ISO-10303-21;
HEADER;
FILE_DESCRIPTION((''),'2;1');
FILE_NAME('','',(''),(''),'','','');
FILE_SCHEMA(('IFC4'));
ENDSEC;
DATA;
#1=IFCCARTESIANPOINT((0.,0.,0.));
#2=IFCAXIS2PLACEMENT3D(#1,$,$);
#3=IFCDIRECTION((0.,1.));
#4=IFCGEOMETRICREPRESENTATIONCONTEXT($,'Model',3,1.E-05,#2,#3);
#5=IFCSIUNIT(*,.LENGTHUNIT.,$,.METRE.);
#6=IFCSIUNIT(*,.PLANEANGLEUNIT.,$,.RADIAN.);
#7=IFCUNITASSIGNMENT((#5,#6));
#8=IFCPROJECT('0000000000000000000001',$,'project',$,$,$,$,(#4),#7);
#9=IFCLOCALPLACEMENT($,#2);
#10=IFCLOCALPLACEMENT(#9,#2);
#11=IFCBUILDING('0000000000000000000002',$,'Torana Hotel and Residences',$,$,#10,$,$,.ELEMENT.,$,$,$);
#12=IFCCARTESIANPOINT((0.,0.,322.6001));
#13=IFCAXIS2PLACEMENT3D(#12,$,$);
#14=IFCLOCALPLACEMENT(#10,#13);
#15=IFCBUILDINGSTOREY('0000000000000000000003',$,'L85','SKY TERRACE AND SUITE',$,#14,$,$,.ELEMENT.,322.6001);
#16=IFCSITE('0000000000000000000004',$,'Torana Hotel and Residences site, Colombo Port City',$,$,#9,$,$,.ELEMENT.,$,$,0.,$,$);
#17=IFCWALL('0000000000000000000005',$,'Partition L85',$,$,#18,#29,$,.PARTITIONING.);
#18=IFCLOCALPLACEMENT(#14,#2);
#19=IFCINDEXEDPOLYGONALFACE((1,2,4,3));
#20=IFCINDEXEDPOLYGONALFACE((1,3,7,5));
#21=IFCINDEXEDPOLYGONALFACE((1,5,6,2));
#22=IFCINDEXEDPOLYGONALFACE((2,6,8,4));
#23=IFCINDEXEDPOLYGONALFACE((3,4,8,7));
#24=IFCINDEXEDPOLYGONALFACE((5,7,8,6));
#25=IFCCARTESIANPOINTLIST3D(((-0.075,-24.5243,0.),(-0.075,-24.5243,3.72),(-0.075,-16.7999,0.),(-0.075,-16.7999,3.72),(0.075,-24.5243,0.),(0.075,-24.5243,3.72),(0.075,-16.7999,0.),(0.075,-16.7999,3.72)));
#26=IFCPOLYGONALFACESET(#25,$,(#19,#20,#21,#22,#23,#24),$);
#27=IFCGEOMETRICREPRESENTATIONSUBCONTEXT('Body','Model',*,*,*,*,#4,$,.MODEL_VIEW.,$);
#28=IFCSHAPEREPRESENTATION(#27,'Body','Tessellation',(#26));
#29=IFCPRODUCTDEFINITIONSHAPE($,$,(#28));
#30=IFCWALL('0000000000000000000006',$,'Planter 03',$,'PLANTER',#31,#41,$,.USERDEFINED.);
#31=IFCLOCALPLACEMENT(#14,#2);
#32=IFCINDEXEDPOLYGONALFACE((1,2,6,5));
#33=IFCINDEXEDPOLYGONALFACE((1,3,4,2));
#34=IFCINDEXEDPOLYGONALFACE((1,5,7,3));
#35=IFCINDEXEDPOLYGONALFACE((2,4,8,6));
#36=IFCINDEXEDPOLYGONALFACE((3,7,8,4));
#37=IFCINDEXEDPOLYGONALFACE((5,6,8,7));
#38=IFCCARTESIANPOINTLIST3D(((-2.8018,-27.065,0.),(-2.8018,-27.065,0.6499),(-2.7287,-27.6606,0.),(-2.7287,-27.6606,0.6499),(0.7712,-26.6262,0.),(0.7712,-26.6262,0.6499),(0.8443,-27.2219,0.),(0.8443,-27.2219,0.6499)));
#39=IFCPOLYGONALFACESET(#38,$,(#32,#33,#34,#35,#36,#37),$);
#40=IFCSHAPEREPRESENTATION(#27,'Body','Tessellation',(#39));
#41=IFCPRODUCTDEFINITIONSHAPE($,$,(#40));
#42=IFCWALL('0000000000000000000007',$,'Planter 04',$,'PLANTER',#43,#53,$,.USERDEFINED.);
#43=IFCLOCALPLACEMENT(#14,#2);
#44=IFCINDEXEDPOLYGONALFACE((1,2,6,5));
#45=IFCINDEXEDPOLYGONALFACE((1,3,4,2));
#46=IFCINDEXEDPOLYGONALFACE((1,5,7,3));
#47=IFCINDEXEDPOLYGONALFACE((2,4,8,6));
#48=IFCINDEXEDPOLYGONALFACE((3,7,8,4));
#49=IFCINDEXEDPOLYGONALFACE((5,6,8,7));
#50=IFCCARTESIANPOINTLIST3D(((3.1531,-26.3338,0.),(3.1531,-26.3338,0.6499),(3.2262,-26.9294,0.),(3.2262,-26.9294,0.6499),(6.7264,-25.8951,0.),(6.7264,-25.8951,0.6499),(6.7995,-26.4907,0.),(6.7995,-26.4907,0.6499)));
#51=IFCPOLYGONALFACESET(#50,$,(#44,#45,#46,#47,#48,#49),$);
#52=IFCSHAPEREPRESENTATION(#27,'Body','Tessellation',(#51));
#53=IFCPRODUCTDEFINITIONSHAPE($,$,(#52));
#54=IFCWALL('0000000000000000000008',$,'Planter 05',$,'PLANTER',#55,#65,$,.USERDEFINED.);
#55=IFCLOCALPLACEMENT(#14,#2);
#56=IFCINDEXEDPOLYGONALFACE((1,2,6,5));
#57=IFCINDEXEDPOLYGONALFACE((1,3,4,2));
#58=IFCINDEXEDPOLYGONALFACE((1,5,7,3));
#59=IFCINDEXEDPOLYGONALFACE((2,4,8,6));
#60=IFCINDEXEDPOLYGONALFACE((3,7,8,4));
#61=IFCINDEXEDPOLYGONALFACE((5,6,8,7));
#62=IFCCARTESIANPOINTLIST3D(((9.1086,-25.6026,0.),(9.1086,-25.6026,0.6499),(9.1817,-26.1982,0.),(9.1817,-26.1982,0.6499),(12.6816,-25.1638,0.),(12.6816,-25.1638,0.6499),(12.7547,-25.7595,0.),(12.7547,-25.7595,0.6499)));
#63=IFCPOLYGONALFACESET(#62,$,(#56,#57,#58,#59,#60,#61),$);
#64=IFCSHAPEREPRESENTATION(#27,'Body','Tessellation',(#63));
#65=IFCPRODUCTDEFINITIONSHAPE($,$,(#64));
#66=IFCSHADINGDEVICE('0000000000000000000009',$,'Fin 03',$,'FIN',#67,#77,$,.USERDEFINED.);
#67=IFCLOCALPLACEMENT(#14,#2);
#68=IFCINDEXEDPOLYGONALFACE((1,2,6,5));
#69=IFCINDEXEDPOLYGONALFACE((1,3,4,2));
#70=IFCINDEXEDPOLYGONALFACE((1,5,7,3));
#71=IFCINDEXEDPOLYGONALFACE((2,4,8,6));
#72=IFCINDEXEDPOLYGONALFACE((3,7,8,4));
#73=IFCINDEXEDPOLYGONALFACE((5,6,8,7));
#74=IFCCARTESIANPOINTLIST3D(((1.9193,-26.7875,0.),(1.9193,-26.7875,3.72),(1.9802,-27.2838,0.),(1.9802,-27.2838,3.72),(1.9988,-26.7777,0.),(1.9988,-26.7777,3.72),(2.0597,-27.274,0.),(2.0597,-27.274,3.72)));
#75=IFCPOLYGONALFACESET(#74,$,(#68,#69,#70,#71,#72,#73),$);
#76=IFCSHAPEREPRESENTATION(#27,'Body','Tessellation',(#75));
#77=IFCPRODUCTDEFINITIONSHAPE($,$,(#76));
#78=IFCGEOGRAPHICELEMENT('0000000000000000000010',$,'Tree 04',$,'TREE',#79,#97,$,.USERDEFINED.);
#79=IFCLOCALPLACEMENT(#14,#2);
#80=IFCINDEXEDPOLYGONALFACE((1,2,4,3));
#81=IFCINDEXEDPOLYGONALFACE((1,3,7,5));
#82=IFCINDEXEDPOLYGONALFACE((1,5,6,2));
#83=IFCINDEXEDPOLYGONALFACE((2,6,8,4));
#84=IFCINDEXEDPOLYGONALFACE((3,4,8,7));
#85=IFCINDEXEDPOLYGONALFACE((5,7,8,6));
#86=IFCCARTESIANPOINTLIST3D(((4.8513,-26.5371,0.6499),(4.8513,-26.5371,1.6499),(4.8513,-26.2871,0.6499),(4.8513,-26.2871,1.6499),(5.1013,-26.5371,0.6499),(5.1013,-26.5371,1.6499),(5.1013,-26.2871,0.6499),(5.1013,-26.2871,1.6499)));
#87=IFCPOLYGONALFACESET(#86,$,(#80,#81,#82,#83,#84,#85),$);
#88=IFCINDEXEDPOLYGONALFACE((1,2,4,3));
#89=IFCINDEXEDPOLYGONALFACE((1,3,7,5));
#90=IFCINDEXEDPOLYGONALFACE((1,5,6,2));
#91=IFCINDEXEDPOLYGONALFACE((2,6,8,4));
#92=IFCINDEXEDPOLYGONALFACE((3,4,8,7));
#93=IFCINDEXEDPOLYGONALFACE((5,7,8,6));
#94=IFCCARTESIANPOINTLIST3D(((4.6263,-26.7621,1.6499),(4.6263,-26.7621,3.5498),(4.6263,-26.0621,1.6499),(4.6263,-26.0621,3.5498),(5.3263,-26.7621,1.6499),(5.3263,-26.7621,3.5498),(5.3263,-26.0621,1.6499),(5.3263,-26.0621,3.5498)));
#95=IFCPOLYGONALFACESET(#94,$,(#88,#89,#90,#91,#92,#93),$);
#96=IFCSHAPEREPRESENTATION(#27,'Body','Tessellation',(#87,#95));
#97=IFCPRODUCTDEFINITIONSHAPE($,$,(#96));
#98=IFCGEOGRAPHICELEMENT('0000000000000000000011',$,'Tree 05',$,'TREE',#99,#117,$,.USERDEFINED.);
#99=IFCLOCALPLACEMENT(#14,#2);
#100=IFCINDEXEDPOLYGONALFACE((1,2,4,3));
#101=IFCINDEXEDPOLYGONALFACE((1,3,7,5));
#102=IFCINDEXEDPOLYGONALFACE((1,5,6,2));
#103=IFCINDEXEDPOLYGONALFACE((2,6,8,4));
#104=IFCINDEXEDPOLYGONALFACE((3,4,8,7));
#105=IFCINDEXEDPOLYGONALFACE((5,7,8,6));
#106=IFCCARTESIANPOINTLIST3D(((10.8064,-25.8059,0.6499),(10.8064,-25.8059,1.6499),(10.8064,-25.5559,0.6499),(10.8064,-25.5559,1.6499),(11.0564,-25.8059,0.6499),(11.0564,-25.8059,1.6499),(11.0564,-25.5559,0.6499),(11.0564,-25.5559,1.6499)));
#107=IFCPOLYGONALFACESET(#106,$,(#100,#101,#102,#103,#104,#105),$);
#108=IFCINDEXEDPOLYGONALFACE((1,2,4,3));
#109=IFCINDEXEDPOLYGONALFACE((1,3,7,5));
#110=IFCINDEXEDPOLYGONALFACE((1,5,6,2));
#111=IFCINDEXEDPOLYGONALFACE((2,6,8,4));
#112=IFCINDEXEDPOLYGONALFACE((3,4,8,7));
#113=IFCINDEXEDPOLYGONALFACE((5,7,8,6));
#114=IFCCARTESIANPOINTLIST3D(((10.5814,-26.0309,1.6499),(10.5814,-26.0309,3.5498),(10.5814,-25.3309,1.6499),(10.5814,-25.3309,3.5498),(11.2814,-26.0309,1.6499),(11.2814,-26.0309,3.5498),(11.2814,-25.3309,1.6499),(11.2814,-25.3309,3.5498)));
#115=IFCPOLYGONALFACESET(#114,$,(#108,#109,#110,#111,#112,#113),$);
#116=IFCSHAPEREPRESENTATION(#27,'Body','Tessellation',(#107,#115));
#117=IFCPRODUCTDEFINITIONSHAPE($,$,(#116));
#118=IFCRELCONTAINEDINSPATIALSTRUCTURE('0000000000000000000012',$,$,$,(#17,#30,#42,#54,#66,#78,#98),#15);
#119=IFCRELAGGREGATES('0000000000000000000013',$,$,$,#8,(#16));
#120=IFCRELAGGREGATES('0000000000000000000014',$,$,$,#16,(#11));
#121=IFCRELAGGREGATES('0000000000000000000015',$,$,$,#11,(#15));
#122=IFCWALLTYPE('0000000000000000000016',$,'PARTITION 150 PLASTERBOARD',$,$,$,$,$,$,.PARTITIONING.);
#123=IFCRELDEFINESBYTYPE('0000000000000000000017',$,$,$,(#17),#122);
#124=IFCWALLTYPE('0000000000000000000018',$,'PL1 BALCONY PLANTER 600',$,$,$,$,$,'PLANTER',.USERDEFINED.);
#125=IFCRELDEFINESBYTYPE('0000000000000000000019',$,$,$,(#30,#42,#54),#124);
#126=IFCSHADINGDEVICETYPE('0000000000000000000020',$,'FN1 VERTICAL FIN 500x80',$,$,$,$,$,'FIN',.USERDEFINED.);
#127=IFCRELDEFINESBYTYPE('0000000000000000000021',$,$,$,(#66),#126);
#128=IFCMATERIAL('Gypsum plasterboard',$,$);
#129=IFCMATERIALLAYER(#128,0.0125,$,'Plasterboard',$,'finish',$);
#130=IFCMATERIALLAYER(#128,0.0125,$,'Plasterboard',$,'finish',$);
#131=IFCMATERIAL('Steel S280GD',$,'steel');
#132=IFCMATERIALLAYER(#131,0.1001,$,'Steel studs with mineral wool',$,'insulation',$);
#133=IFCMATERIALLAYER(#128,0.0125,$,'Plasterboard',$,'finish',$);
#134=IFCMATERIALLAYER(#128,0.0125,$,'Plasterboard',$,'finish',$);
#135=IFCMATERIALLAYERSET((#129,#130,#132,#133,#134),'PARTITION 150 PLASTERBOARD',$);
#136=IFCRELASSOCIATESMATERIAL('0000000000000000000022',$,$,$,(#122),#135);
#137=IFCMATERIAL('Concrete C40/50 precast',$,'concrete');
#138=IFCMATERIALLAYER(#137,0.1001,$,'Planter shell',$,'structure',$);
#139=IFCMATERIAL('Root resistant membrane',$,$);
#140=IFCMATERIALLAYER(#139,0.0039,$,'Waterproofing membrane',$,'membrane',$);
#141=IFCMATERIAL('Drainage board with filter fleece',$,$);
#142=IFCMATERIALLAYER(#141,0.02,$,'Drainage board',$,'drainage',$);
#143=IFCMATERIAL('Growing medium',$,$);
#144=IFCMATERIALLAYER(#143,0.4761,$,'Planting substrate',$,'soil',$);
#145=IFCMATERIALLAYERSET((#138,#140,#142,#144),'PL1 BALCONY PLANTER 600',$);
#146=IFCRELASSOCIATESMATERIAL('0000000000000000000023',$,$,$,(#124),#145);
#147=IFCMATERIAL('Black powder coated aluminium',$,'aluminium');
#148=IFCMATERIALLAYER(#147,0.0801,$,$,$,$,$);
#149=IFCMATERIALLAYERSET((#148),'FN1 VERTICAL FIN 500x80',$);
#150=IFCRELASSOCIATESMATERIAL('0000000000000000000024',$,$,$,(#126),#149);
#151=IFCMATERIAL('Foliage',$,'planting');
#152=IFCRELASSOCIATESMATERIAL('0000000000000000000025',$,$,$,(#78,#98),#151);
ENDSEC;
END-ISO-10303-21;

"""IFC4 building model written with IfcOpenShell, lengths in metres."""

from ifc_helpers import new_model, si_unit, direction, frame, frame_2d, origin, origin_2d, place, context, subcontext, project, spatial, rectangle, extrude, material, layer, layer_set, type_object, element, save


model = new_model("IFC4")

# Units and contexts
model_context = context("Model", 3, precision=1e-05, world=origin(), true_north=direction((0.0, 1.0)))
body_context = subcontext(model_context, "Body", "Model", "MODEL_VIEW")
ifc_project = project(units=[si_unit("LENGTHUNIT", "METRE"), si_unit("PLANEANGLEUNIT", "RADIAN")], contexts=[model_context])

# Site, building, storey
site_placement = place(None, origin())
site = spatial("IfcSite", under=ifc_project, at=site_placement, Name="Torana Hotel and Residences site, Colombo Port City", CompositionType="ELEMENT", RefElevation=0.0)
building_placement = place(site_placement, origin())
building = spatial("IfcBuilding", under=site, at=building_placement, Name="Torana Hotel and Residences", CompositionType="ELEMENT")
storey_placement = place(building_placement, frame((0.0, 0.0, 322.6001)))
storey = spatial("IfcBuildingStorey", under=building, at=storey_placement, Name="L85", Description="SKY TERRACE AND SUITE", CompositionType="ELEMENT", Elevation=322.6001)

# Walls
ifc_material_1 = material(Name="Gypsum plasterboard")
ifc_layer_1 = layer(ifc_material_1, 0.0125, Name="Plasterboard", Category="finish")
ifc_layer_2 = layer(ifc_material_1, 0.0125, Name="Plasterboard", Category="finish")
ifc_material_2 = material(Name="Steel S280GD", Category="steel")
ifc_layer_3 = layer(ifc_material_2, 0.1001, Name="Steel studs with mineral wool", Category="insulation")
ifc_layer_4 = layer(ifc_material_1, 0.0125, Name="Plasterboard", Category="finish")
ifc_layer_5 = layer(ifc_material_1, 0.0125, Name="Plasterboard", Category="finish")
ifc_layer_set_1 = layer_set([ifc_layer_1, ifc_layer_2, ifc_layer_3, ifc_layer_4, ifc_layer_5], Name="PARTITION 150 PLASTERBOARD")
wall_type_1 = type_object("IfcWallType", Name="PARTITION 150 PLASTERBOARD", PredefinedType="PARTITIONING", material=ifc_layer_set_1)
wall_1_placement = place(storey_placement, frame((0.0, -24.5244, 0.0), z_axis=(0.0, 0.0, 1.0), x_axis=(0.0, 1.0, 0.0)))
element("IfcWall", 1, at=wall_1_placement, inside=storey, type_object=wall_type_1, Name="Partition L85", PredefinedType="PARTITIONING", context=body_context, shape_type="SweptSolid", body=[
    extrude(rectangle(XDim=7.7244, YDim=0.1499, at=frame_2d((3.8623, 0.0))), origin(), (0.0, 0.0, 1.0), 3.72),
])
ifc_material_3 = material(Name="Concrete C40/50 precast", Category="concrete")
ifc_layer_6 = layer(ifc_material_3, 0.1001, Name="Planter shell", Category="structure")
ifc_material_4 = material(Name="Root resistant membrane")
ifc_layer_7 = layer(ifc_material_4, 0.0039, Name="Waterproofing membrane", Category="membrane")
ifc_material_5 = material(Name="Drainage board with filter fleece")
ifc_layer_8 = layer(ifc_material_5, 0.02, Name="Drainage board", Category="drainage")
ifc_material_6 = material(Name="Growing medium")
ifc_layer_9 = layer(ifc_material_6, 0.4761, Name="Planting substrate", Category="soil")
ifc_layer_set_2 = layer_set([ifc_layer_6, ifc_layer_7, ifc_layer_8, ifc_layer_9], Name="PL1 BALCONY PLANTER 600")
wall_type_2 = type_object("IfcWallType", Name="PL1 BALCONY PLANTER 600", ElementType="PLANTER", PredefinedType="USERDEFINED", material=ifc_layer_set_2)
wall_2_placement = place(storey_placement, frame((0.8076, -26.9241, 0.0), z_axis=(0.0, 0.0, 1.0), x_axis=(-0.992546, -0.121873, 0.0)))
element("IfcWall", 2, at=wall_2_placement, inside=storey, type_object=wall_type_2, Name="Planter 03", ObjectType="PLANTER", PredefinedType="USERDEFINED", context=body_context, shape_type="SweptSolid", body=[
    extrude(rectangle(XDim=3.5999, YDim=0.6001, at=frame_2d((1.7998, 0.0))), origin(), (0.0, 0.0, 1.0), 0.6499),
])
wall_3_placement = place(storey_placement, frame((6.7629, -26.1929, 0.0), z_axis=(0.0, 0.0, 1.0), x_axis=(-0.992547, -0.121864, 0.0)))
element("IfcWall", 3, at=wall_3_placement, inside=storey, type_object=wall_type_2, Name="Planter 04", ObjectType="PLANTER", PredefinedType="USERDEFINED", context=body_context, shape_type="SweptSolid", body=[
    extrude(rectangle(XDim=3.6001, YDim=0.6001, at=frame_2d((1.8, 0.0))), origin(), (0.0, 0.0, 1.0), 0.6499),
])
wall_4_placement = place(storey_placement, frame((12.718, -25.4617, 0.0), z_axis=(0.0, 0.0, 1.0), x_axis=(-0.992546, -0.121873, 0.0)))
element("IfcWall", 4, at=wall_4_placement, inside=storey, type_object=wall_type_2, Name="Planter 05", ObjectType="PLANTER", PredefinedType="USERDEFINED", context=body_context, shape_type="SweptSolid", body=[
    extrude(rectangle(XDim=3.5999, YDim=0.6001, at=frame_2d((1.7998, 0.0))), origin(), (0.0, 0.0, 1.0), 0.6499),
])

# Shading device
ifc_material_7 = material(Name="Black powder coated aluminium", Category="aluminium")
ifc_layer_10 = layer(ifc_material_7, 0.0801)
ifc_layer_set_3 = layer_set([ifc_layer_10], Name="FN1 VERTICAL FIN 500x80")
shading_device_type = type_object("IfcShadingDeviceType", Name="FN1 VERTICAL FIN 500x80", ElementType="FIN", PredefinedType="USERDEFINED", material=ifc_layer_set_3)
shading_device_placement = place(storey_placement, frame((1.9895, -27.0308, 0.0), z_axis=(0.0, 0.0, 1.0), x_axis=(-0.992547, -0.121866, 0.0)))
element("IfcShadingDevice", 5, at=shading_device_placement, inside=storey, type_object=shading_device_type, Name="Fin 03", ObjectType="FIN", PredefinedType="USERDEFINED", context=body_context, shape_type="SweptSolid", body=[
    extrude(rectangle(XDim=0.0801, YDim=0.5, at=origin_2d()), origin(), (0.0, 0.0, 1.0), 3.72),
])

# Geographic elements
ifc_material_8 = material(Name="Foliage", Category="planting")
for number, where, z_axis, x_axis, name in (
    (6, (4.9763, -26.4121, 0.6499), (0.0, 0.0, 1.0), (1.0, 0.0, 0.0), "Tree 04"),
    (7, (10.9314, -25.6809, 0.6499), (0.0, 0.0, 1.0), (1.0, 0.0, 0.0), "Tree 05"),
):
    element("IfcGeographicElement", number, at=place(storey_placement, frame(where, z_axis=z_axis, x_axis=x_axis)), inside=storey, material=ifc_material_8, Name=name, ObjectType="TREE", PredefinedType="USERDEFINED", context=body_context, shape_type="SweptSolid", body=[
        extrude(rectangle(XDim=0.25, YDim=0.25, at=origin_2d()), origin(), (0.0, 0.0, 1.0), 1.0),
        extrude(rectangle(XDim=0.7, YDim=0.7, at=origin_2d()), frame((0.0, 0.0, 1.0)), (0.0, 0.0, 1.0), 1.8999),
    ])

save(model, "model.ifc")
